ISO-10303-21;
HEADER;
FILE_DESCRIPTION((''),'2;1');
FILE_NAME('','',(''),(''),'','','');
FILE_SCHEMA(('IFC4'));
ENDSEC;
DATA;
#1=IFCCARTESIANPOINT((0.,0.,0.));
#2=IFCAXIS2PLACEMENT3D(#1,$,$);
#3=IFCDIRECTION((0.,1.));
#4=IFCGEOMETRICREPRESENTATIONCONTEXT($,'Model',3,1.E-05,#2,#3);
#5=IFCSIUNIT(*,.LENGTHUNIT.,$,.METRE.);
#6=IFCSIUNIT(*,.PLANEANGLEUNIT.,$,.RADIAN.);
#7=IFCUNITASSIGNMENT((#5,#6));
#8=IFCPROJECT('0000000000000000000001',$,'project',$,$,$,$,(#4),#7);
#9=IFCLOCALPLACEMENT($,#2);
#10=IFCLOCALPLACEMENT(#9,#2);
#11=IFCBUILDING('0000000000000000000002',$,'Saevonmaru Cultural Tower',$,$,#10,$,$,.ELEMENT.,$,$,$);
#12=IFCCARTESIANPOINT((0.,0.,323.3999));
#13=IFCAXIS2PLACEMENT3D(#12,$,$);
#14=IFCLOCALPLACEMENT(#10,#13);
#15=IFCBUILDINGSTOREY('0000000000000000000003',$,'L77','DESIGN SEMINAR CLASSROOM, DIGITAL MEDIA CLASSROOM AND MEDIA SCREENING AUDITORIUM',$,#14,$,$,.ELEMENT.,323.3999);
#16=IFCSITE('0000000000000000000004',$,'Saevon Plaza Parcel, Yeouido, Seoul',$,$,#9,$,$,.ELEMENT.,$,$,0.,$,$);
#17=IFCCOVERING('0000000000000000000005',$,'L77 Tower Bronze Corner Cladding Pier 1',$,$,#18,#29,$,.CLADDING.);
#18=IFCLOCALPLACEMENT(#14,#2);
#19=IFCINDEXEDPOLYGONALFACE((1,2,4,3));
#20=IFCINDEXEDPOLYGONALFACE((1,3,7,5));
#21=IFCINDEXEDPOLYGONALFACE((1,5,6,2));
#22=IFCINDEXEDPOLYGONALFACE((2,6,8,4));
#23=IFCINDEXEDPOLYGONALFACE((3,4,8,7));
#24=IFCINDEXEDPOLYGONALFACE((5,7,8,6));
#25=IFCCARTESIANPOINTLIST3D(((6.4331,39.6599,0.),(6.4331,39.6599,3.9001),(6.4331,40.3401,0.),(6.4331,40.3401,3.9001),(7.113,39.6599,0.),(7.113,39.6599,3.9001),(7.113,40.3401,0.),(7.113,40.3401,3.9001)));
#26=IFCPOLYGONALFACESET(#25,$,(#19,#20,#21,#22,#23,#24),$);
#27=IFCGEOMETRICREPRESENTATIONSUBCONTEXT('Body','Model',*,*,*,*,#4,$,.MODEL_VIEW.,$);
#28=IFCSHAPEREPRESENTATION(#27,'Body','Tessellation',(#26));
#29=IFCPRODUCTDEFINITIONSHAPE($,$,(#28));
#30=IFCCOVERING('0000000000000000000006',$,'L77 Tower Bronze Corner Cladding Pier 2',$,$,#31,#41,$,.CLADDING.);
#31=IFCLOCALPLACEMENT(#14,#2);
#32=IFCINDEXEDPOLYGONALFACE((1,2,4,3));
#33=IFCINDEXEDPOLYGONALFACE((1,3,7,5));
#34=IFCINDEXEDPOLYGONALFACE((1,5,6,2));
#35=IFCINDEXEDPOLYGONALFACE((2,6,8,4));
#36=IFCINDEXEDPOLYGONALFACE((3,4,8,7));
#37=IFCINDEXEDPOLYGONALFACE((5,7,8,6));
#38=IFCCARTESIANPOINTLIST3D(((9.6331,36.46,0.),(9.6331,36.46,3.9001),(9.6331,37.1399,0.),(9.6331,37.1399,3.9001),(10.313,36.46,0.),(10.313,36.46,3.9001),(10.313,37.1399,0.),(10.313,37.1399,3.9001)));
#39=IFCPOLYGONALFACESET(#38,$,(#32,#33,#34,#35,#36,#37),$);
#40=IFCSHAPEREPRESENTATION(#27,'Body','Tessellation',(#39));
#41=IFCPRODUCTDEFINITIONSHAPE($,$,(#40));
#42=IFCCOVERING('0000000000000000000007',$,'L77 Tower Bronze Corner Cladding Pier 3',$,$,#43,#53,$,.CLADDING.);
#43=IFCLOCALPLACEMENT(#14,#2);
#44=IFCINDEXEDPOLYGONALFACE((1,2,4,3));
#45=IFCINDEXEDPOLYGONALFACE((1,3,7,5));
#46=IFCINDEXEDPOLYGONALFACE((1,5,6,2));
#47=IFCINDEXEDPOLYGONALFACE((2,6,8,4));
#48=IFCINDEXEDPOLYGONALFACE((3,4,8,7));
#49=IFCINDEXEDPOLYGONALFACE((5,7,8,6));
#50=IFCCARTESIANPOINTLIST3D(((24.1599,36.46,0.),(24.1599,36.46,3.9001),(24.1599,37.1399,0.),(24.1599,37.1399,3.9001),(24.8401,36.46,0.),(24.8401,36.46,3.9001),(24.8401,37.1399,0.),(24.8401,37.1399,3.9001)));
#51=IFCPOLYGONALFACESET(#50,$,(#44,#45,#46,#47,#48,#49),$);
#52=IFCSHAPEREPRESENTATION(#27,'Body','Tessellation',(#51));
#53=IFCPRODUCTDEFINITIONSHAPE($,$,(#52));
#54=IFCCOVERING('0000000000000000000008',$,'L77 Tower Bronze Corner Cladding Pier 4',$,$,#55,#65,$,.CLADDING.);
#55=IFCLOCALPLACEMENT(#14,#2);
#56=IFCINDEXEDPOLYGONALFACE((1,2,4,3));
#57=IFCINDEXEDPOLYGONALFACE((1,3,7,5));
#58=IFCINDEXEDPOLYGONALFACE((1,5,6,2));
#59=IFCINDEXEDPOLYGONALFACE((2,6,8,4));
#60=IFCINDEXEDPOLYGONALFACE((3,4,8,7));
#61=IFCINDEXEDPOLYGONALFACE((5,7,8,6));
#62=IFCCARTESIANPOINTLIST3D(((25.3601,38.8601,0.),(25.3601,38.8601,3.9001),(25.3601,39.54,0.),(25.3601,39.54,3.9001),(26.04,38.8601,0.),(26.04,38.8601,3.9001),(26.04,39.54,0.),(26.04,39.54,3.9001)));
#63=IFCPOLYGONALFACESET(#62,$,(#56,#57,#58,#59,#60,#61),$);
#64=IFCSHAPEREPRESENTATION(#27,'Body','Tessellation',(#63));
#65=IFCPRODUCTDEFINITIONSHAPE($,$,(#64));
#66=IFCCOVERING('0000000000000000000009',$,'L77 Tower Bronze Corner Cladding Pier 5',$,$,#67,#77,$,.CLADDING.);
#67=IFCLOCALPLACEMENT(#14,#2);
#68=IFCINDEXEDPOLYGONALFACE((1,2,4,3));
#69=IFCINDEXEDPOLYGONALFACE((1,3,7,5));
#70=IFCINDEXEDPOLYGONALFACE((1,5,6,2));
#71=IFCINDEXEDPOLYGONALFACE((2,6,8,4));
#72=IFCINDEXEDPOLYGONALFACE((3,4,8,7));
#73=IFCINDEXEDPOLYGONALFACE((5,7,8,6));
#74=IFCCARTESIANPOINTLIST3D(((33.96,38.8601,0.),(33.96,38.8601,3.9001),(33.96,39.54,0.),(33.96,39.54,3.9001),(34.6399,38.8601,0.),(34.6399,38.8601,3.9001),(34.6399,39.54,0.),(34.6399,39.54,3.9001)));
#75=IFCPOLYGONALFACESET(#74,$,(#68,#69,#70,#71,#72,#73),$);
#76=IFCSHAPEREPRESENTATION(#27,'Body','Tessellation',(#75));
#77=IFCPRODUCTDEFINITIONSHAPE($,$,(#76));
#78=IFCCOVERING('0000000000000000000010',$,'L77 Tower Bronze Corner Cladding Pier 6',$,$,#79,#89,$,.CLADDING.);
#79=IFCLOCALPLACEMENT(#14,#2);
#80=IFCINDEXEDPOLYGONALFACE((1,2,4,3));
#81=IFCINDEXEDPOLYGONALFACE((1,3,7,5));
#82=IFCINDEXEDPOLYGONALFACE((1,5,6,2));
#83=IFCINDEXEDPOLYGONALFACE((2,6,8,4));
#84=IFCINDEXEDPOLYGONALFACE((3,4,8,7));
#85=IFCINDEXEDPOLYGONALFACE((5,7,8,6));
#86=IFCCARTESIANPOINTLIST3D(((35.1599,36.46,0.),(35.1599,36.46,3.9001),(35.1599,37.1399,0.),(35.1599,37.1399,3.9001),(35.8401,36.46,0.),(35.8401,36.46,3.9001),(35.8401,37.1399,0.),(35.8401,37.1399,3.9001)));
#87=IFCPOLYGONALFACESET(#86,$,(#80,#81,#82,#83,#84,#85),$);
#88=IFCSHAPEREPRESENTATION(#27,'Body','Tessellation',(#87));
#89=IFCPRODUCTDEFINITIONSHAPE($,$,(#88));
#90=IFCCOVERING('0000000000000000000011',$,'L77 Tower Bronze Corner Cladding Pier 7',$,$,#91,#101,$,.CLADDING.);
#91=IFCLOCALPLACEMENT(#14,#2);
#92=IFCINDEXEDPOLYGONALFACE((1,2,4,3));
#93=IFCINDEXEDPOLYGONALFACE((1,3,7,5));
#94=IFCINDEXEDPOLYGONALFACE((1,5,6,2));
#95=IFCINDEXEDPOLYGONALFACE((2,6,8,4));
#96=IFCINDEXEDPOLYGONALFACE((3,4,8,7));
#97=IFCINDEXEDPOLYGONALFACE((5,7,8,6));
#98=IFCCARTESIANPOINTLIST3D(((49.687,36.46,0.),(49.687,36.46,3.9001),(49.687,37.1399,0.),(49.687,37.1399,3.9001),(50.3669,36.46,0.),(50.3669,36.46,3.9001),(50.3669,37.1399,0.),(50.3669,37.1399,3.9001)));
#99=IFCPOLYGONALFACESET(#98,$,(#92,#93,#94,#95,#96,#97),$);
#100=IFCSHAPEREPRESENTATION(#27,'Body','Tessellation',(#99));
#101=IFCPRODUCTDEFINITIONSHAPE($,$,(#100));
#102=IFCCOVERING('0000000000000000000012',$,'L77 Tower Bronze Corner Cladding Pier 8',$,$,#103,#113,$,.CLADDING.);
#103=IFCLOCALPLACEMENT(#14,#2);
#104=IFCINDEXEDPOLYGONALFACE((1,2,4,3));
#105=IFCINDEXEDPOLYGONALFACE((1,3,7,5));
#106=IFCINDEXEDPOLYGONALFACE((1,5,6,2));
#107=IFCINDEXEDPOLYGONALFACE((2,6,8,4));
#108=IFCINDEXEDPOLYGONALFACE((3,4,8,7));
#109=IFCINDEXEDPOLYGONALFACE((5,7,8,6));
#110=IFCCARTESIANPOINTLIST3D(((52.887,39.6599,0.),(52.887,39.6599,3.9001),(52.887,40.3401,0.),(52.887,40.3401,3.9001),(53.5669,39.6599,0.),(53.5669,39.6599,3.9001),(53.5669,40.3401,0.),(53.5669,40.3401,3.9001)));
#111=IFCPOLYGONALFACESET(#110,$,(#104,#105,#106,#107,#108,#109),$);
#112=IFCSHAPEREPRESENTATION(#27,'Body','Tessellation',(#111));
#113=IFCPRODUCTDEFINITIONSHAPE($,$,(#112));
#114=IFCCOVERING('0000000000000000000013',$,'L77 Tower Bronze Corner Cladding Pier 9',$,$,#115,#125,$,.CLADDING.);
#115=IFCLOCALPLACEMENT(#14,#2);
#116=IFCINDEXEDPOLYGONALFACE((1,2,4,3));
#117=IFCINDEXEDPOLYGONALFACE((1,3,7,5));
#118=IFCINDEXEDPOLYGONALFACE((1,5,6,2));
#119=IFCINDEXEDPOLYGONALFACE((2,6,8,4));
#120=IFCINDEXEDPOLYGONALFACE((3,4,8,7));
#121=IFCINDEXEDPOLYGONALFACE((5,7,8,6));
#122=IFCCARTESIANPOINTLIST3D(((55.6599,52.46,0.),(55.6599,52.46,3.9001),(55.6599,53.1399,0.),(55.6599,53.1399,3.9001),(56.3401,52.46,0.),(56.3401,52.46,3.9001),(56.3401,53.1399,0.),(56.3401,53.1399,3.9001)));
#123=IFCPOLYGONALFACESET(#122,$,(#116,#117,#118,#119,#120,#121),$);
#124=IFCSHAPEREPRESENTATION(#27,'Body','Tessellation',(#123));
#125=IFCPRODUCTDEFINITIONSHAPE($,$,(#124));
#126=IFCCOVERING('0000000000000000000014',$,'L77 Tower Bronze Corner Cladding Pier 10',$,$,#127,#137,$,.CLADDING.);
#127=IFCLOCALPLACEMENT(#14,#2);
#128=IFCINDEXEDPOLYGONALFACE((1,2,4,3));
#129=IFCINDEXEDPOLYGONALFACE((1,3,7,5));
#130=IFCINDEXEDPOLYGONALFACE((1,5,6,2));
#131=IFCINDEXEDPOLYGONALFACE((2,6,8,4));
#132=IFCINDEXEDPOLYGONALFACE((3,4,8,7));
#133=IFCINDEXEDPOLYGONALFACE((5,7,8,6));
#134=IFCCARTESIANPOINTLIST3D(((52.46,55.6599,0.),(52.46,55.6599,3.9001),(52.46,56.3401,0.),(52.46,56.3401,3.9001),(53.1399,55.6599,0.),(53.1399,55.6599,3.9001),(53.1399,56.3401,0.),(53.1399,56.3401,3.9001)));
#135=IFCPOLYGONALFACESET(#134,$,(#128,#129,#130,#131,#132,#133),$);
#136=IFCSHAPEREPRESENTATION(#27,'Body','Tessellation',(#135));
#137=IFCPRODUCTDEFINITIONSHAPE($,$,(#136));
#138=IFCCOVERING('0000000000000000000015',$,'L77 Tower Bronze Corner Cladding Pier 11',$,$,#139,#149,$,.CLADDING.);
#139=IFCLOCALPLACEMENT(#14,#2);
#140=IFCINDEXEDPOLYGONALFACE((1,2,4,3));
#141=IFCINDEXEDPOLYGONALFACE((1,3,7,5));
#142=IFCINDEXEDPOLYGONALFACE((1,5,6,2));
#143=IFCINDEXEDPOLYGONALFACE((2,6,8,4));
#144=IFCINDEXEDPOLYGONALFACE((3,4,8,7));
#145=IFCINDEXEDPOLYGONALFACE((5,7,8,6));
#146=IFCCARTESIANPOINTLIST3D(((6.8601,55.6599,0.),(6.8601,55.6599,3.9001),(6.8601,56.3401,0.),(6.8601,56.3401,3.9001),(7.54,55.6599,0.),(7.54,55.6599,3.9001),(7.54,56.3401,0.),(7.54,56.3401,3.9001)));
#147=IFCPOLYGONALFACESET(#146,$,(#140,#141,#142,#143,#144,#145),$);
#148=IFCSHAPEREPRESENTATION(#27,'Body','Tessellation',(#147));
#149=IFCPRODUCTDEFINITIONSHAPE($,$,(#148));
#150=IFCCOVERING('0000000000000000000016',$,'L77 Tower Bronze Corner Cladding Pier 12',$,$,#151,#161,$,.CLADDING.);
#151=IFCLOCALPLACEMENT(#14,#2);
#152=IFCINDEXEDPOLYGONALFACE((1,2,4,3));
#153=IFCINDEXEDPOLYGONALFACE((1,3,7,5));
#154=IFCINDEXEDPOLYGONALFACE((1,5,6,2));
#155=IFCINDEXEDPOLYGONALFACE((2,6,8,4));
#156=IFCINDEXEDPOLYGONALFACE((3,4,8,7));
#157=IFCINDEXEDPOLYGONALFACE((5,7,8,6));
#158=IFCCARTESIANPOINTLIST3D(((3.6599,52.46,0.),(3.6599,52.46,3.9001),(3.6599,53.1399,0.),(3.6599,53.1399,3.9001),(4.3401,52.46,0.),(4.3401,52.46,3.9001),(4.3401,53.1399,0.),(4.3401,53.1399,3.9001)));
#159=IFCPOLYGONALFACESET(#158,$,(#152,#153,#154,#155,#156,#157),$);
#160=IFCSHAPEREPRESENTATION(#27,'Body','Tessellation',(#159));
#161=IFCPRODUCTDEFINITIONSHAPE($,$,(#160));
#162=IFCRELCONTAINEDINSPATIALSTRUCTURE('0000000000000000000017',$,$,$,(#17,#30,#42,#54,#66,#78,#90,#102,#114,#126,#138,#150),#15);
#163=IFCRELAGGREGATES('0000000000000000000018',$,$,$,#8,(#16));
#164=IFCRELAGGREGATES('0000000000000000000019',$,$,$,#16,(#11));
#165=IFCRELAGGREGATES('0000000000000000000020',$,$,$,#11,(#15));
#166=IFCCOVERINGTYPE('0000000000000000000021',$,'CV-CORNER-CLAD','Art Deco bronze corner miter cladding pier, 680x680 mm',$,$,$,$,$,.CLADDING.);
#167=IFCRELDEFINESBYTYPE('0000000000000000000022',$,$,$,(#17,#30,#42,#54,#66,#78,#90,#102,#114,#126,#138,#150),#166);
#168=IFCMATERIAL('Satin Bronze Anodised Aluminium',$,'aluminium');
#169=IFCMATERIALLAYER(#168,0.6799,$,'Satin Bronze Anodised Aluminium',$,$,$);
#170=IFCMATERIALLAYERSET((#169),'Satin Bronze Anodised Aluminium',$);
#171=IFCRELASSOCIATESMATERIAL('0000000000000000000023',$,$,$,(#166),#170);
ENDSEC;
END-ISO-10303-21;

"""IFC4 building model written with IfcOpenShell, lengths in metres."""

from ifc_helpers import new_model, si_unit, direction, frame, origin, place, context, subcontext, project, spatial, polyline, outline, extrude, material, layer, layer_set, type_object, element, save


model = new_model("IFC4")

# Units and contexts
model_context = context("Model", 3, precision=1e-05, world=origin(), true_north=direction((0.0, 1.0)))
body_context = subcontext(model_context, "Body", "Model", "MODEL_VIEW")
ifc_project = project(units=[si_unit("LENGTHUNIT", "METRE"), si_unit("PLANEANGLEUNIT", "RADIAN")], contexts=[model_context])

# Site, building, storey
site_placement = place(None, origin())
site = spatial("IfcSite", under=ifc_project, at=site_placement, Name="Saevon Plaza Parcel, Yeouido, Seoul", CompositionType="ELEMENT", RefElevation=0.0)
building_placement = place(site_placement, origin())
building = spatial("IfcBuilding", under=site, at=building_placement, Name="Saevonmaru Cultural Tower", CompositionType="ELEMENT")
storey_placement = place(building_placement, frame((0.0, 0.0, 323.3999)))
storey = spatial("IfcBuildingStorey", under=building, at=storey_placement, Name="L77", Description="DESIGN SEMINAR CLASSROOM, DIGITAL MEDIA CLASSROOM AND MEDIA SCREENING AUDITORIUM", CompositionType="ELEMENT", Elevation=323.3999)

# Shared definitions
ifc_material_1 = material(Name="Satin Bronze Anodised Aluminium", Category="aluminium")

# Coverings
ifc_layer_1 = layer(ifc_material_1, 0.6799, Name="Satin Bronze Anodised Aluminium")
ifc_layer_set_1 = layer_set([ifc_layer_1], Name="Satin Bronze Anodised Aluminium")
covering_type_1 = type_object("IfcCoveringType", Name="CV-CORNER-CLAD", Description="Art Deco bronze corner miter cladding pier, 680x680 mm", PredefinedType="CLADDING", material=ifc_layer_set_1)
covering_1_placement = place(storey_placement, origin())
element("IfcCovering", 1, at=covering_1_placement, inside=storey, type_object=covering_type_1, Name="L77 Tower Bronze Corner Cladding Pier 1", PredefinedType="CLADDING", context=body_context, shape_type="SweptSolid", body=[
    extrude(outline(polyline([(6.4331, 39.6599), (7.113, 39.6599), (7.113, 40.3401), (6.4331, 40.3401), (6.4331, 39.6599)])), origin(), (0.0, 0.0, 1.0), 3.9001),
])
covering_2_placement = place(storey_placement, origin())
element("IfcCovering", 2, at=covering_2_placement, inside=storey, type_object=covering_type_1, Name="L77 Tower Bronze Corner Cladding Pier 2", PredefinedType="CLADDING", context=body_context, shape_type="SweptSolid", body=[
    extrude(outline(polyline([(9.6331, 36.46), (10.313, 36.46), (10.313, 37.1399), (9.6331, 37.1399), (9.6331, 36.46)])), origin(), (0.0, 0.0, 1.0), 3.9001),
])
covering_3_placement = place(storey_placement, origin())
element("IfcCovering", 3, at=covering_3_placement, inside=storey, type_object=covering_type_1, Name="L77 Tower Bronze Corner Cladding Pier 3", PredefinedType="CLADDING", context=body_context, shape_type="SweptSolid", body=[
    extrude(outline(polyline([(24.1599, 36.46), (24.8401, 36.46), (24.8401, 37.1399), (24.1599, 37.1399), (24.1599, 36.46)])), origin(), (0.0, 0.0, 1.0), 3.9001),
])
covering_4_placement = place(storey_placement, origin())
element("IfcCovering", 4, at=covering_4_placement, inside=storey, type_object=covering_type_1, Name="L77 Tower Bronze Corner Cladding Pier 4", PredefinedType="CLADDING", context=body_context, shape_type="SweptSolid", body=[
    extrude(outline(polyline([(25.3601, 38.8601), (26.04, 38.8601), (26.04, 39.54), (25.3601, 39.54), (25.3601, 38.8601)])), origin(), (0.0, 0.0, 1.0), 3.9001),
])
covering_5_placement = place(storey_placement, origin())
element("IfcCovering", 5, at=covering_5_placement, inside=storey, type_object=covering_type_1, Name="L77 Tower Bronze Corner Cladding Pier 5", PredefinedType="CLADDING", context=body_context, shape_type="SweptSolid", body=[
    extrude(outline(polyline([(33.96, 38.8601), (34.6399, 38.8601), (34.6399, 39.54), (33.96, 39.54), (33.96, 38.8601)])), origin(), (0.0, 0.0, 1.0), 3.9001),
])
covering_6_placement = place(storey_placement, origin())
element("IfcCovering", 6, at=covering_6_placement, inside=storey, type_object=covering_type_1, Name="L77 Tower Bronze Corner Cladding Pier 6", PredefinedType="CLADDING", context=body_context, shape_type="SweptSolid", body=[
    extrude(outline(polyline([(35.1599, 36.46), (35.8401, 36.46), (35.8401, 37.1399), (35.1599, 37.1399), (35.1599, 36.46)])), origin(), (0.0, 0.0, 1.0), 3.9001),
])
covering_7_placement = place(storey_placement, origin())
element("IfcCovering", 7, at=covering_7_placement, inside=storey, type_object=covering_type_1, Name="L77 Tower Bronze Corner Cladding Pier 7", PredefinedType="CLADDING", context=body_context, shape_type="SweptSolid", body=[
    extrude(outline(polyline([(49.687, 36.46), (50.3669, 36.46), (50.3669, 37.1399), (49.687, 37.1399), (49.687, 36.46)])), origin(), (0.0, 0.0, 1.0), 3.9001),
])
covering_8_placement = place(storey_placement, origin())
element("IfcCovering", 8, at=covering_8_placement, inside=storey, type_object=covering_type_1, Name="L77 Tower Bronze Corner Cladding Pier 8", PredefinedType="CLADDING", context=body_context, shape_type="SweptSolid", body=[
    extrude(outline(polyline([(52.887, 39.6599), (53.5669, 39.6599), (53.5669, 40.3401), (52.887, 40.3401), (52.887, 39.6599)])), origin(), (0.0, 0.0, 1.0), 3.9001),
])
covering_9_placement = place(storey_placement, origin())
element("IfcCovering", 9, at=covering_9_placement, inside=storey, type_object=covering_type_1, Name="L77 Tower Bronze Corner Cladding Pier 9", PredefinedType="CLADDING", context=body_context, shape_type="SweptSolid", body=[
    extrude(outline(polyline([(55.6599, 52.46), (56.3401, 52.46), (56.3401, 53.1399), (55.6599, 53.1399), (55.6599, 52.46)])), origin(), (0.0, 0.0, 1.0), 3.9001),
])
covering_10_placement = place(storey_placement, origin())
element("IfcCovering", 10, at=covering_10_placement, inside=storey, type_object=covering_type_1, Name="L77 Tower Bronze Corner Cladding Pier 10", PredefinedType="CLADDING", context=body_context, shape_type="SweptSolid", body=[
    extrude(outline(polyline([(52.46, 55.6599), (53.1399, 55.6599), (53.1399, 56.3401), (52.46, 56.3401), (52.46, 55.6599)])), origin(), (0.0, 0.0, 1.0), 3.9001),
])
covering_11_placement = place(storey_placement, origin())
element("IfcCovering", 11, at=covering_11_placement, inside=storey, type_object=covering_type_1, Name="L77 Tower Bronze Corner Cladding Pier 11", PredefinedType="CLADDING", context=body_context, shape_type="SweptSolid", body=[
    extrude(outline(polyline([(6.8601, 55.6599), (7.54, 55.6599), (7.54, 56.3401), (6.8601, 56.3401), (6.8601, 55.6599)])), origin(), (0.0, 0.0, 1.0), 3.9001),
])
covering_12_placement = place(storey_placement, origin())
element("IfcCovering", 12, at=covering_12_placement, inside=storey, type_object=covering_type_1, Name="L77 Tower Bronze Corner Cladding Pier 12", PredefinedType="CLADDING", context=body_context, shape_type="SweptSolid", body=[
    extrude(outline(polyline([(3.6599, 52.46), (4.3401, 52.46), (4.3401, 53.1399), (3.6599, 53.1399), (3.6599, 52.46)])), origin(), (0.0, 0.0, 1.0), 3.9001),
])

save(model, "model.ifc")
